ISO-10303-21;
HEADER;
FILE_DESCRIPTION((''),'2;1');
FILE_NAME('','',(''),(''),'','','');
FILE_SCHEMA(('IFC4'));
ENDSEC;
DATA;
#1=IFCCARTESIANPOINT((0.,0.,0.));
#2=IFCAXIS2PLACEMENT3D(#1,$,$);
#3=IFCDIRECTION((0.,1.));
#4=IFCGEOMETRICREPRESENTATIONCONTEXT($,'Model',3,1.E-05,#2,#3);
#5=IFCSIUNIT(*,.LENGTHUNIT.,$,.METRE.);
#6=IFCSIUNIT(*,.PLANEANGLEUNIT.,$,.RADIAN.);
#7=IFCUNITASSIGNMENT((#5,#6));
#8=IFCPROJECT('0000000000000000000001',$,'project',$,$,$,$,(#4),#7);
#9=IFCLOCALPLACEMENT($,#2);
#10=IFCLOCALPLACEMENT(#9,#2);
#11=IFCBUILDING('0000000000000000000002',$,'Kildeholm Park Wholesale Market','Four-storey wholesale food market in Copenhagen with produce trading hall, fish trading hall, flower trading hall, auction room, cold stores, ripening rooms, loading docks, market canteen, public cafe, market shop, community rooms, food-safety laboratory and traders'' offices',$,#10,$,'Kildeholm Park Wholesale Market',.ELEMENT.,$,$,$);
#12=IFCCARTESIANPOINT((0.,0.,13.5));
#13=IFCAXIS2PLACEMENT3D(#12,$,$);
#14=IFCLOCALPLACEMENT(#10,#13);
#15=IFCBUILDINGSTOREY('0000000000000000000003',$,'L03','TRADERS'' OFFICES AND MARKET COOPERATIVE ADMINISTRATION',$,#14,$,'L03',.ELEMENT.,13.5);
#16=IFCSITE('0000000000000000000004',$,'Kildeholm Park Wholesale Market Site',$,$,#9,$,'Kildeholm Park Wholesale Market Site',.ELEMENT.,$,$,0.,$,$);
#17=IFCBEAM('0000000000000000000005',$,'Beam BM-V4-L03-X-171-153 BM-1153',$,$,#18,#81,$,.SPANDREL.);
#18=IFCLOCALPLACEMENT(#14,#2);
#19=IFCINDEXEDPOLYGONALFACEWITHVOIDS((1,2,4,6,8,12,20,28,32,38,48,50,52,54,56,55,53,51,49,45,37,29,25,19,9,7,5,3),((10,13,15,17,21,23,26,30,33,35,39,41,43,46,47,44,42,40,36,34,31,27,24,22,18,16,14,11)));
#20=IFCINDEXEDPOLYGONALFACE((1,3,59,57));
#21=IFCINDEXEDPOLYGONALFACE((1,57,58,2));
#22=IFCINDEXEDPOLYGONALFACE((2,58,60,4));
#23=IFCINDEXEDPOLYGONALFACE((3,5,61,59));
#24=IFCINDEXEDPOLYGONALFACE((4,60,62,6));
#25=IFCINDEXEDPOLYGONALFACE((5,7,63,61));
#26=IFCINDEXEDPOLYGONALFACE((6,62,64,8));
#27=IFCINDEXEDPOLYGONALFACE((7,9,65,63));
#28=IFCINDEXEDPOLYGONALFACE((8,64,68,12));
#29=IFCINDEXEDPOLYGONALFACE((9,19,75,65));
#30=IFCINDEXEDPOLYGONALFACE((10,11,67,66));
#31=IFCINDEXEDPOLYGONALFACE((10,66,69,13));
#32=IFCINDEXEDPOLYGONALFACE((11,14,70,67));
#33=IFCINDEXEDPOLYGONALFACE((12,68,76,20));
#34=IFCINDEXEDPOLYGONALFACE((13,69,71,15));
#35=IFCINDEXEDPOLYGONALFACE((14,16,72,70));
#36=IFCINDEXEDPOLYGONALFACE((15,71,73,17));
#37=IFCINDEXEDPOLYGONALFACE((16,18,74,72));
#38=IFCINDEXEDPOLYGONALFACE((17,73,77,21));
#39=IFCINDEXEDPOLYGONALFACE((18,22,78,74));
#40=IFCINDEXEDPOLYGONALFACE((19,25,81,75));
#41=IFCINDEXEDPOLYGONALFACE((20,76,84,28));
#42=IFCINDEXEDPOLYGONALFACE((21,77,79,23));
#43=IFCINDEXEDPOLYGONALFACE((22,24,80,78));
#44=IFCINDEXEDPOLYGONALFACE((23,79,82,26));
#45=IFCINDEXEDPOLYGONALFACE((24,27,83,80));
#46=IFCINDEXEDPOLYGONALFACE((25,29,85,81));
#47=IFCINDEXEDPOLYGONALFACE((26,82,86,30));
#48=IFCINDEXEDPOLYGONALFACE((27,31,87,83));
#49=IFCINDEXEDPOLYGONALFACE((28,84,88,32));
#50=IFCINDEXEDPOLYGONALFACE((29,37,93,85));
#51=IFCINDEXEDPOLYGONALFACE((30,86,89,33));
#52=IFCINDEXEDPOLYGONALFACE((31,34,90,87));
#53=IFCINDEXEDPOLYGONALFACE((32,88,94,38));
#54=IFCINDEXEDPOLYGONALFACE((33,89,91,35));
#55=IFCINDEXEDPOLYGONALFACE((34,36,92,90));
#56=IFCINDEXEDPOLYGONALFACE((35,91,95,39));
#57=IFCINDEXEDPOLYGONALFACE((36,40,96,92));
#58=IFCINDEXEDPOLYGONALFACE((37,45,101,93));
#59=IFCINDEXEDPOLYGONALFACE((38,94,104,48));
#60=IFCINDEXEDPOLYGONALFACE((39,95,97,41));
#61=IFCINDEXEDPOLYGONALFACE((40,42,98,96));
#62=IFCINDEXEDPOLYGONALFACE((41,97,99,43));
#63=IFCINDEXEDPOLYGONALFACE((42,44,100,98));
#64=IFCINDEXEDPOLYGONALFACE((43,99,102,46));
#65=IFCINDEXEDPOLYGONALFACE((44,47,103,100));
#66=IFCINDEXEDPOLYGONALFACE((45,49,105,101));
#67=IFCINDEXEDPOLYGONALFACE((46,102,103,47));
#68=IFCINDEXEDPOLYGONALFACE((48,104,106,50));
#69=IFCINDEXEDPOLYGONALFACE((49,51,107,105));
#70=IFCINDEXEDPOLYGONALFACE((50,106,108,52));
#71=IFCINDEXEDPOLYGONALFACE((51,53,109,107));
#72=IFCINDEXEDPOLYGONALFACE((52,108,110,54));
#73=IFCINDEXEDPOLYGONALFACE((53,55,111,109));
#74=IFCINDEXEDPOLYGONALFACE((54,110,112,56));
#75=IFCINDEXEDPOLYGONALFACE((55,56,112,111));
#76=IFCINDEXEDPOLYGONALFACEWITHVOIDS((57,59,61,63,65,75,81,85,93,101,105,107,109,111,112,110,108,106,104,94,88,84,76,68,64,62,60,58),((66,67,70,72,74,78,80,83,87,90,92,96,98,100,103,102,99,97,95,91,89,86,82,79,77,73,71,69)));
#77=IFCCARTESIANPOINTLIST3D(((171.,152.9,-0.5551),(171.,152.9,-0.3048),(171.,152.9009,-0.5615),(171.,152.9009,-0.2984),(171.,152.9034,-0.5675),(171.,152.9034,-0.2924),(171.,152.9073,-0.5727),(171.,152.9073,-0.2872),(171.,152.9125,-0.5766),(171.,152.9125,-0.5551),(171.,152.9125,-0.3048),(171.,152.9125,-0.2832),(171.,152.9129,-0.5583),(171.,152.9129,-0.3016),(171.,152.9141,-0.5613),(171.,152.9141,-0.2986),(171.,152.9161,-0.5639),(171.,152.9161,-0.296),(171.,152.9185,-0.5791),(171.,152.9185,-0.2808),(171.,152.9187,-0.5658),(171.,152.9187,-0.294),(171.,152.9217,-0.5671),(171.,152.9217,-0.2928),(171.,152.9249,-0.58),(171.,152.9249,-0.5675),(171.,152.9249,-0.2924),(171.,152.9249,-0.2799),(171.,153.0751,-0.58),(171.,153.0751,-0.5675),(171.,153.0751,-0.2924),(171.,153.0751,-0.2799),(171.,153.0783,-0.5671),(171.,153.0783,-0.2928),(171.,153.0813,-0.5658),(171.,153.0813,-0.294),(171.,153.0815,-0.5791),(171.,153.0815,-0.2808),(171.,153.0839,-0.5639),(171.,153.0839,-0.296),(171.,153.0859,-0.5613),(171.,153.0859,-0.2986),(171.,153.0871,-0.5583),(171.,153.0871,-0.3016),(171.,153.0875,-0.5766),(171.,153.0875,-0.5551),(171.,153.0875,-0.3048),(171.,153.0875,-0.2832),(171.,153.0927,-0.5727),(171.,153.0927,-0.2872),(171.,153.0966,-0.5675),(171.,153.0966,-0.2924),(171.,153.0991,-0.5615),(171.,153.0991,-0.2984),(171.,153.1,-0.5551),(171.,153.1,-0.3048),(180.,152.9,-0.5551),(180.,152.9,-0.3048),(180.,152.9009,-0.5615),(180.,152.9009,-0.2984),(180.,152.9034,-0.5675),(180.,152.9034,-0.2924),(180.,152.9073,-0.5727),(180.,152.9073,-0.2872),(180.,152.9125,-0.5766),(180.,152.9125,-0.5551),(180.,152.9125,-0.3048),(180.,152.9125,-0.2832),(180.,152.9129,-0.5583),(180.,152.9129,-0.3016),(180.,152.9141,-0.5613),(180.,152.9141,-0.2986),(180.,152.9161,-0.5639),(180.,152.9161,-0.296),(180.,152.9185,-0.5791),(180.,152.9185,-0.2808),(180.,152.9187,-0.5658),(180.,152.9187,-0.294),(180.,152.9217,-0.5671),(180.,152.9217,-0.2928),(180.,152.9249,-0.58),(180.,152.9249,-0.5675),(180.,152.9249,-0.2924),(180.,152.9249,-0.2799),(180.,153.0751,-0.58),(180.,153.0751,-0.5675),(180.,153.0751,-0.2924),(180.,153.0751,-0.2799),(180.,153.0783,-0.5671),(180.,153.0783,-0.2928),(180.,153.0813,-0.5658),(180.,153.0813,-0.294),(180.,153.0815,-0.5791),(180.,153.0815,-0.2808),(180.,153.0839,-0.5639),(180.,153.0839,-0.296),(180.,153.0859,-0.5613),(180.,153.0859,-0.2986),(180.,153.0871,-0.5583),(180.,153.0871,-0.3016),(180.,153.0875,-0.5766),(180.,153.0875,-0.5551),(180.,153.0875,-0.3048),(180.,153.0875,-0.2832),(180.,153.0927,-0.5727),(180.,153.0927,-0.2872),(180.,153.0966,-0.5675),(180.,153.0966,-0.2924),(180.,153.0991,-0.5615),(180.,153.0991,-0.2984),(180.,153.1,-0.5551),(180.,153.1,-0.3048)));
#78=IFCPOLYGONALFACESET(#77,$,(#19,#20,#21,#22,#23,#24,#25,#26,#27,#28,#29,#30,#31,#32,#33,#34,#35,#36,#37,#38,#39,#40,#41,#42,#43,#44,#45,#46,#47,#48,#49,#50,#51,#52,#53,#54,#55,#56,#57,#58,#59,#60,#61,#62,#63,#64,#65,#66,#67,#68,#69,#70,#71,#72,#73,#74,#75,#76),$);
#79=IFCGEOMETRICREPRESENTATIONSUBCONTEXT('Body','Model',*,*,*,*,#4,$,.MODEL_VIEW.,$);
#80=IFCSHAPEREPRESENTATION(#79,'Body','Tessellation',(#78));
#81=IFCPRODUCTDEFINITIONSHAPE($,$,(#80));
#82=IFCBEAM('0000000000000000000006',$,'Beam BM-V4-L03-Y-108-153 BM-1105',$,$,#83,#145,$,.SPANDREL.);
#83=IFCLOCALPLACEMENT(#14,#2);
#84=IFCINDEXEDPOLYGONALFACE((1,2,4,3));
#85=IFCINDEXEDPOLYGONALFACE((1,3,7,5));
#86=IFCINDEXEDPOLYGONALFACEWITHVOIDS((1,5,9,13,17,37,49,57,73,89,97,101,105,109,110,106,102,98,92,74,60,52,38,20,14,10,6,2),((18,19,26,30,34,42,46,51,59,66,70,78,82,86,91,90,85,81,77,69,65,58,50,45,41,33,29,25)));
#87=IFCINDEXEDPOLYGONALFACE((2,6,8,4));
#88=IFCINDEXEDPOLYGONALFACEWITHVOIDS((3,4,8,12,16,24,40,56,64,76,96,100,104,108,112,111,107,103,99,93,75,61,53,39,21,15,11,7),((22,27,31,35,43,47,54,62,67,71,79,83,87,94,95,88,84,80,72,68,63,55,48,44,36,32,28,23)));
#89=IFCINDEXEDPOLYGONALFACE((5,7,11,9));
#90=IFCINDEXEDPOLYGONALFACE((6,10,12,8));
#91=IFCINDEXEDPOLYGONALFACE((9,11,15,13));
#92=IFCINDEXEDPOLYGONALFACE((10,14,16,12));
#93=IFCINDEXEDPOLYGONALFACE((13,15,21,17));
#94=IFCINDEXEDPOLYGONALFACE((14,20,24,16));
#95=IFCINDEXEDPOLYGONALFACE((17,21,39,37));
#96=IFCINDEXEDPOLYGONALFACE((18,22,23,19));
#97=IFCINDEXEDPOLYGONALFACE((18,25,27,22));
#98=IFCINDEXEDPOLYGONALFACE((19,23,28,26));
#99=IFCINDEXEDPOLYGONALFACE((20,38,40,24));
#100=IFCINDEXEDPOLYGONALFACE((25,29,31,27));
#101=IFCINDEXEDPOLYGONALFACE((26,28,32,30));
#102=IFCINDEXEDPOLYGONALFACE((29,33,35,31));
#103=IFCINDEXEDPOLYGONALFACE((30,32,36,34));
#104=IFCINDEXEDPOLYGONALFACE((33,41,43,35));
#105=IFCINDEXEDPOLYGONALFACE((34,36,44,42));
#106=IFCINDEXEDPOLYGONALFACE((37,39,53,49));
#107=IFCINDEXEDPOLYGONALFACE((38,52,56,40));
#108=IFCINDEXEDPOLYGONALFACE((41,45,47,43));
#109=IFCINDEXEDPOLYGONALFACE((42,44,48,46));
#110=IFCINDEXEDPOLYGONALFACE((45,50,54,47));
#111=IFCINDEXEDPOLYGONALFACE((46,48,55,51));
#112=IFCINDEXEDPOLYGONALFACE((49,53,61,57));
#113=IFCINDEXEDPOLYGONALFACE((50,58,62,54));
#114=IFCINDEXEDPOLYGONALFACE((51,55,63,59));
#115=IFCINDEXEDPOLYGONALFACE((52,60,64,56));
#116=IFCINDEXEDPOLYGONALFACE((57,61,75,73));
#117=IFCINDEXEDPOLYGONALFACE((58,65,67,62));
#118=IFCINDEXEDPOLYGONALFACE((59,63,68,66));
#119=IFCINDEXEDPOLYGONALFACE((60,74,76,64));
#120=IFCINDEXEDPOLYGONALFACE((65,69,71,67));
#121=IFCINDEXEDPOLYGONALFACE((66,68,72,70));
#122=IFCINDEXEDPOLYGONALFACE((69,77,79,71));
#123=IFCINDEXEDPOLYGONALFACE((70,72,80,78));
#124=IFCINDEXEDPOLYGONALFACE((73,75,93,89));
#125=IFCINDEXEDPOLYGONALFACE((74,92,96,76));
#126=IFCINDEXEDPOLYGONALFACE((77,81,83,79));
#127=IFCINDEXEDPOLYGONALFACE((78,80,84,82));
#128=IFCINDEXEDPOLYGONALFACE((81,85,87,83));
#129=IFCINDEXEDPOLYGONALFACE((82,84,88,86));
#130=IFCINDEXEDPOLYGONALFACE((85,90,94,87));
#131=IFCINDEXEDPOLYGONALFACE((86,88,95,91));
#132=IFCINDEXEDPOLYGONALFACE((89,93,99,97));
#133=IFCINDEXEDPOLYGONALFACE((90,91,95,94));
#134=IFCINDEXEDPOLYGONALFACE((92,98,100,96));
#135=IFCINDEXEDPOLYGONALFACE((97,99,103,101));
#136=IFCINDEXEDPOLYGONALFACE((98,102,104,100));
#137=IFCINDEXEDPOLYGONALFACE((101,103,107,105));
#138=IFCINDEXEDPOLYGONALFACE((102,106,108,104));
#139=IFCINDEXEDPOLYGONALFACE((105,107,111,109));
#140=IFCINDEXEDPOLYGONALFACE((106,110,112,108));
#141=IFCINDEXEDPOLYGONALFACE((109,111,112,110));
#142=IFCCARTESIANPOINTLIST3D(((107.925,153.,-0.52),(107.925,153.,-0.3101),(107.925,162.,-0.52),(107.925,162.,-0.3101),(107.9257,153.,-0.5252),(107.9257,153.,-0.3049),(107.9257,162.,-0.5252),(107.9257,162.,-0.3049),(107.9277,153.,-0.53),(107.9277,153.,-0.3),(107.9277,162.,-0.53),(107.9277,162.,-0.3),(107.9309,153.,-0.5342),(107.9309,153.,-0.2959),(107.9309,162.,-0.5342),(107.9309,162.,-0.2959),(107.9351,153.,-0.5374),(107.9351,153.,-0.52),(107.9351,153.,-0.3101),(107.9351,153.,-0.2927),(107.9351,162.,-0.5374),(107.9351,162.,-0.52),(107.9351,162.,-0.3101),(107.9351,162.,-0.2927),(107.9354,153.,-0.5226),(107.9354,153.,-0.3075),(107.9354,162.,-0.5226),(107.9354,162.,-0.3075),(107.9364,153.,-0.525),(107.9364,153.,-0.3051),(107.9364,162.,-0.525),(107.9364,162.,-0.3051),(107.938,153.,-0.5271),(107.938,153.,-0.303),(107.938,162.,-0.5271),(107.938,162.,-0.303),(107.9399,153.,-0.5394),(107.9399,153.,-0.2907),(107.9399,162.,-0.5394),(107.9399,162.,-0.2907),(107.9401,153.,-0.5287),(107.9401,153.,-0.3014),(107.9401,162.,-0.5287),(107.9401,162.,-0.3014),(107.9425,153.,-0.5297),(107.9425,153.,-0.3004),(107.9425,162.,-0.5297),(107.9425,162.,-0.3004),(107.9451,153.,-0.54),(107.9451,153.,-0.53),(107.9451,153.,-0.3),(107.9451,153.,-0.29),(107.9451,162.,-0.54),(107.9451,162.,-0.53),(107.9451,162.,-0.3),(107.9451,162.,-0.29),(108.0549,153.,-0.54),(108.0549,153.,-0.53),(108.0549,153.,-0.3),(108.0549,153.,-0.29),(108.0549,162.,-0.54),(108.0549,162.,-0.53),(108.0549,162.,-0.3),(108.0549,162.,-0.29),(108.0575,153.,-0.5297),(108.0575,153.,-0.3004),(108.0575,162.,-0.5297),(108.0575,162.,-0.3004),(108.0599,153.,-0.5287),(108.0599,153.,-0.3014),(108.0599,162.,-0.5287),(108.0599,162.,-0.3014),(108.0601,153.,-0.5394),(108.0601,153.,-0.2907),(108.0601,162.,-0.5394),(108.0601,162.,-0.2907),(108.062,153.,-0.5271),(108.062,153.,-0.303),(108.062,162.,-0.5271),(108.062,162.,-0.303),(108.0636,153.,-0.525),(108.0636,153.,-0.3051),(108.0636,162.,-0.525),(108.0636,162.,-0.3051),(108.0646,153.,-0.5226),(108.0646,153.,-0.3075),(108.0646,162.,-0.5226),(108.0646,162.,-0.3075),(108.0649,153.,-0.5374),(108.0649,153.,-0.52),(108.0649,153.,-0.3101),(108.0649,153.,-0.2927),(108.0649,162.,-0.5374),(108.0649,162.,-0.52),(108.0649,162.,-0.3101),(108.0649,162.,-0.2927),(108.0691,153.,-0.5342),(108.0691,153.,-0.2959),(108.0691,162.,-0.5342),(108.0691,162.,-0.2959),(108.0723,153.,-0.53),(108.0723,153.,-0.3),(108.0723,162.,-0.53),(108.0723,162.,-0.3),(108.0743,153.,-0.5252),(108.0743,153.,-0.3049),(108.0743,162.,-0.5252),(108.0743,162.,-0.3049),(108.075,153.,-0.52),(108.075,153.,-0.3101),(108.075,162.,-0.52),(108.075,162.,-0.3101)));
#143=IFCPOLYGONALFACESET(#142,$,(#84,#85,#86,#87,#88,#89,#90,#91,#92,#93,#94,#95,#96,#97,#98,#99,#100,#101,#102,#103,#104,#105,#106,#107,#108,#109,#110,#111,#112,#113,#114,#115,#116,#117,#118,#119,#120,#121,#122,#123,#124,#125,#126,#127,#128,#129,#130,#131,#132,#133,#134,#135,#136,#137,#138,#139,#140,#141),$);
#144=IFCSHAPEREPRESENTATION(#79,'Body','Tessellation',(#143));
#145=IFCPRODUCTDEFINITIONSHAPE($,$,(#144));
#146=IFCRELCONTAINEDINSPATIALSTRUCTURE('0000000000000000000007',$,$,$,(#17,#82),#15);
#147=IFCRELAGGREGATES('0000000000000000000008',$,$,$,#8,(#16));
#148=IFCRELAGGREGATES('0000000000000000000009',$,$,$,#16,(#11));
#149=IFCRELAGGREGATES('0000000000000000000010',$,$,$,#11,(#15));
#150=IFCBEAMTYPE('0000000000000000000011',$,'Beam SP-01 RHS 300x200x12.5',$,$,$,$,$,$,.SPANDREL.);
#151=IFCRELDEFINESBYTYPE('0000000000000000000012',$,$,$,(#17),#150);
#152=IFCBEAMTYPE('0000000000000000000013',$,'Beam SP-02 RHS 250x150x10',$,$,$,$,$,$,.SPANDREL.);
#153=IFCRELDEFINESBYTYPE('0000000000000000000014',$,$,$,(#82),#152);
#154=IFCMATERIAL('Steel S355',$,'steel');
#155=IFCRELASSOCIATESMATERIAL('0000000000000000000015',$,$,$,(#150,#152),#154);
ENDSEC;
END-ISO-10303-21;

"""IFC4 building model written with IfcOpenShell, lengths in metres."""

from ifc_helpers import new_model, si_unit, direction, frame, origin, origin_2d, place, context, subcontext, project, spatial, hollow_rectangle, extrude, material, material_profile, profile_set, type_object, element, save


model = new_model("IFC4")

# Units and contexts
model_context = context("Model", 3, precision=1e-05, world=origin(), true_north=direction((0.0, 1.0)))
body_context = subcontext(model_context, "Body", "Model", "MODEL_VIEW")
ifc_project = project(units=[si_unit("LENGTHUNIT", "METRE"), si_unit("PLANEANGLEUNIT", "RADIAN")], contexts=[model_context])

# Site, building, storey
site_placement = place(None, origin())
site = spatial("IfcSite", under=ifc_project, at=site_placement, Name="Kildeholm Park Wholesale Market Site", LongName="Kildeholm Park Wholesale Market Site", CompositionType="ELEMENT", RefElevation=0.0)
building_placement = place(site_placement, origin())
building = spatial("IfcBuilding", under=site, at=building_placement, Name="Kildeholm Park Wholesale Market", Description="Four-storey wholesale food market in Copenhagen with produce trading hall, fish trading hall, flower trading hall, auction room, cold stores, ripening rooms, loading docks, market canteen, public cafe, market shop, community rooms, food-safety laboratory and traders' offices", LongName="Kildeholm Park Wholesale Market", CompositionType="ELEMENT")
storey_placement = place(building_placement, frame((0.0, 0.0, 13.5)))
storey = spatial("IfcBuildingStorey", under=building, at=storey_placement, Name="L03", Description="TRADERS' OFFICES AND MARKET COOPERATIVE ADMINISTRATION", LongName="L03", CompositionType="ELEMENT", Elevation=13.5)

# Beams
ifc_material = material(Name="Steel S355", Category="steel")
ifc_material_profile_1 = material_profile(ifc_material, hollow_rectangle(XDim=0.2, YDim=0.3, WallThickness=0.0125, InnerFilletRadius=0.0125, OuterFilletRadius=0.0249, at=origin_2d()), Name="RHS 300x200x12.5")
ifc_profile_set_1 = profile_set([ifc_material_profile_1], Name="Steel S355")
beam_type_1 = type_object("IfcBeamType", Name="Beam SP-01 RHS 300x200x12.5", PredefinedType="SPANDREL", material=ifc_profile_set_1)
for number, where, z_axis, x_axis, name in (
    (1, (171.0, 153.0, -0.4299), (1.0, 0.0, 0.0), (0.0, 1.0, 0.0), "Beam BM-V4-L03-X-171-153 BM-1153"),
):
    element("IfcBeam", number, at=place(storey_placement, frame(where, z_axis=z_axis, x_axis=x_axis)), inside=storey, type_object=beam_type_1, Name=name, PredefinedType="SPANDREL", context=body_context, shape_type="SweptSolid", body=[
        extrude(hollow_rectangle(XDim=0.2, YDim=0.3, WallThickness=0.0125, InnerFilletRadius=0.0125, OuterFilletRadius=0.0249, at=origin_2d()), origin(), (0.0, 0.0, 1.0), 9.0),
    ])
ifc_material_profile_2 = material_profile(ifc_material, hollow_rectangle(XDim=0.1499, YDim=0.25, WallThickness=0.01, InnerFilletRadius=0.01, OuterFilletRadius=0.02, at=origin_2d()), Name="RHS 250x150x10")
ifc_profile_set_2 = profile_set([ifc_material_profile_2], Name="Steel S355")
beam_type_2 = type_object("IfcBeamType", Name="Beam SP-02 RHS 250x150x10", PredefinedType="SPANDREL", material=ifc_profile_set_2)
for number, where, z_axis, x_axis, name in (
    (2, (108.0, 153.0, -0.415), (0.0, 1.0, 0.0), (-1.0, 0.0, 0.0), "Beam BM-V4-L03-Y-108-153 BM-1105"),
):
    element("IfcBeam", number, at=place(storey_placement, frame(where, z_axis=z_axis, x_axis=x_axis)), inside=storey, type_object=beam_type_2, Name=name, PredefinedType="SPANDREL", context=body_context, shape_type="SweptSolid", body=[
        extrude(hollow_rectangle(XDim=0.1499, YDim=0.25, WallThickness=0.01, InnerFilletRadius=0.01, OuterFilletRadius=0.02, at=origin_2d()), origin(), (0.0, 0.0, 1.0), 9.0),
    ])

save(model, "model.ifc")
